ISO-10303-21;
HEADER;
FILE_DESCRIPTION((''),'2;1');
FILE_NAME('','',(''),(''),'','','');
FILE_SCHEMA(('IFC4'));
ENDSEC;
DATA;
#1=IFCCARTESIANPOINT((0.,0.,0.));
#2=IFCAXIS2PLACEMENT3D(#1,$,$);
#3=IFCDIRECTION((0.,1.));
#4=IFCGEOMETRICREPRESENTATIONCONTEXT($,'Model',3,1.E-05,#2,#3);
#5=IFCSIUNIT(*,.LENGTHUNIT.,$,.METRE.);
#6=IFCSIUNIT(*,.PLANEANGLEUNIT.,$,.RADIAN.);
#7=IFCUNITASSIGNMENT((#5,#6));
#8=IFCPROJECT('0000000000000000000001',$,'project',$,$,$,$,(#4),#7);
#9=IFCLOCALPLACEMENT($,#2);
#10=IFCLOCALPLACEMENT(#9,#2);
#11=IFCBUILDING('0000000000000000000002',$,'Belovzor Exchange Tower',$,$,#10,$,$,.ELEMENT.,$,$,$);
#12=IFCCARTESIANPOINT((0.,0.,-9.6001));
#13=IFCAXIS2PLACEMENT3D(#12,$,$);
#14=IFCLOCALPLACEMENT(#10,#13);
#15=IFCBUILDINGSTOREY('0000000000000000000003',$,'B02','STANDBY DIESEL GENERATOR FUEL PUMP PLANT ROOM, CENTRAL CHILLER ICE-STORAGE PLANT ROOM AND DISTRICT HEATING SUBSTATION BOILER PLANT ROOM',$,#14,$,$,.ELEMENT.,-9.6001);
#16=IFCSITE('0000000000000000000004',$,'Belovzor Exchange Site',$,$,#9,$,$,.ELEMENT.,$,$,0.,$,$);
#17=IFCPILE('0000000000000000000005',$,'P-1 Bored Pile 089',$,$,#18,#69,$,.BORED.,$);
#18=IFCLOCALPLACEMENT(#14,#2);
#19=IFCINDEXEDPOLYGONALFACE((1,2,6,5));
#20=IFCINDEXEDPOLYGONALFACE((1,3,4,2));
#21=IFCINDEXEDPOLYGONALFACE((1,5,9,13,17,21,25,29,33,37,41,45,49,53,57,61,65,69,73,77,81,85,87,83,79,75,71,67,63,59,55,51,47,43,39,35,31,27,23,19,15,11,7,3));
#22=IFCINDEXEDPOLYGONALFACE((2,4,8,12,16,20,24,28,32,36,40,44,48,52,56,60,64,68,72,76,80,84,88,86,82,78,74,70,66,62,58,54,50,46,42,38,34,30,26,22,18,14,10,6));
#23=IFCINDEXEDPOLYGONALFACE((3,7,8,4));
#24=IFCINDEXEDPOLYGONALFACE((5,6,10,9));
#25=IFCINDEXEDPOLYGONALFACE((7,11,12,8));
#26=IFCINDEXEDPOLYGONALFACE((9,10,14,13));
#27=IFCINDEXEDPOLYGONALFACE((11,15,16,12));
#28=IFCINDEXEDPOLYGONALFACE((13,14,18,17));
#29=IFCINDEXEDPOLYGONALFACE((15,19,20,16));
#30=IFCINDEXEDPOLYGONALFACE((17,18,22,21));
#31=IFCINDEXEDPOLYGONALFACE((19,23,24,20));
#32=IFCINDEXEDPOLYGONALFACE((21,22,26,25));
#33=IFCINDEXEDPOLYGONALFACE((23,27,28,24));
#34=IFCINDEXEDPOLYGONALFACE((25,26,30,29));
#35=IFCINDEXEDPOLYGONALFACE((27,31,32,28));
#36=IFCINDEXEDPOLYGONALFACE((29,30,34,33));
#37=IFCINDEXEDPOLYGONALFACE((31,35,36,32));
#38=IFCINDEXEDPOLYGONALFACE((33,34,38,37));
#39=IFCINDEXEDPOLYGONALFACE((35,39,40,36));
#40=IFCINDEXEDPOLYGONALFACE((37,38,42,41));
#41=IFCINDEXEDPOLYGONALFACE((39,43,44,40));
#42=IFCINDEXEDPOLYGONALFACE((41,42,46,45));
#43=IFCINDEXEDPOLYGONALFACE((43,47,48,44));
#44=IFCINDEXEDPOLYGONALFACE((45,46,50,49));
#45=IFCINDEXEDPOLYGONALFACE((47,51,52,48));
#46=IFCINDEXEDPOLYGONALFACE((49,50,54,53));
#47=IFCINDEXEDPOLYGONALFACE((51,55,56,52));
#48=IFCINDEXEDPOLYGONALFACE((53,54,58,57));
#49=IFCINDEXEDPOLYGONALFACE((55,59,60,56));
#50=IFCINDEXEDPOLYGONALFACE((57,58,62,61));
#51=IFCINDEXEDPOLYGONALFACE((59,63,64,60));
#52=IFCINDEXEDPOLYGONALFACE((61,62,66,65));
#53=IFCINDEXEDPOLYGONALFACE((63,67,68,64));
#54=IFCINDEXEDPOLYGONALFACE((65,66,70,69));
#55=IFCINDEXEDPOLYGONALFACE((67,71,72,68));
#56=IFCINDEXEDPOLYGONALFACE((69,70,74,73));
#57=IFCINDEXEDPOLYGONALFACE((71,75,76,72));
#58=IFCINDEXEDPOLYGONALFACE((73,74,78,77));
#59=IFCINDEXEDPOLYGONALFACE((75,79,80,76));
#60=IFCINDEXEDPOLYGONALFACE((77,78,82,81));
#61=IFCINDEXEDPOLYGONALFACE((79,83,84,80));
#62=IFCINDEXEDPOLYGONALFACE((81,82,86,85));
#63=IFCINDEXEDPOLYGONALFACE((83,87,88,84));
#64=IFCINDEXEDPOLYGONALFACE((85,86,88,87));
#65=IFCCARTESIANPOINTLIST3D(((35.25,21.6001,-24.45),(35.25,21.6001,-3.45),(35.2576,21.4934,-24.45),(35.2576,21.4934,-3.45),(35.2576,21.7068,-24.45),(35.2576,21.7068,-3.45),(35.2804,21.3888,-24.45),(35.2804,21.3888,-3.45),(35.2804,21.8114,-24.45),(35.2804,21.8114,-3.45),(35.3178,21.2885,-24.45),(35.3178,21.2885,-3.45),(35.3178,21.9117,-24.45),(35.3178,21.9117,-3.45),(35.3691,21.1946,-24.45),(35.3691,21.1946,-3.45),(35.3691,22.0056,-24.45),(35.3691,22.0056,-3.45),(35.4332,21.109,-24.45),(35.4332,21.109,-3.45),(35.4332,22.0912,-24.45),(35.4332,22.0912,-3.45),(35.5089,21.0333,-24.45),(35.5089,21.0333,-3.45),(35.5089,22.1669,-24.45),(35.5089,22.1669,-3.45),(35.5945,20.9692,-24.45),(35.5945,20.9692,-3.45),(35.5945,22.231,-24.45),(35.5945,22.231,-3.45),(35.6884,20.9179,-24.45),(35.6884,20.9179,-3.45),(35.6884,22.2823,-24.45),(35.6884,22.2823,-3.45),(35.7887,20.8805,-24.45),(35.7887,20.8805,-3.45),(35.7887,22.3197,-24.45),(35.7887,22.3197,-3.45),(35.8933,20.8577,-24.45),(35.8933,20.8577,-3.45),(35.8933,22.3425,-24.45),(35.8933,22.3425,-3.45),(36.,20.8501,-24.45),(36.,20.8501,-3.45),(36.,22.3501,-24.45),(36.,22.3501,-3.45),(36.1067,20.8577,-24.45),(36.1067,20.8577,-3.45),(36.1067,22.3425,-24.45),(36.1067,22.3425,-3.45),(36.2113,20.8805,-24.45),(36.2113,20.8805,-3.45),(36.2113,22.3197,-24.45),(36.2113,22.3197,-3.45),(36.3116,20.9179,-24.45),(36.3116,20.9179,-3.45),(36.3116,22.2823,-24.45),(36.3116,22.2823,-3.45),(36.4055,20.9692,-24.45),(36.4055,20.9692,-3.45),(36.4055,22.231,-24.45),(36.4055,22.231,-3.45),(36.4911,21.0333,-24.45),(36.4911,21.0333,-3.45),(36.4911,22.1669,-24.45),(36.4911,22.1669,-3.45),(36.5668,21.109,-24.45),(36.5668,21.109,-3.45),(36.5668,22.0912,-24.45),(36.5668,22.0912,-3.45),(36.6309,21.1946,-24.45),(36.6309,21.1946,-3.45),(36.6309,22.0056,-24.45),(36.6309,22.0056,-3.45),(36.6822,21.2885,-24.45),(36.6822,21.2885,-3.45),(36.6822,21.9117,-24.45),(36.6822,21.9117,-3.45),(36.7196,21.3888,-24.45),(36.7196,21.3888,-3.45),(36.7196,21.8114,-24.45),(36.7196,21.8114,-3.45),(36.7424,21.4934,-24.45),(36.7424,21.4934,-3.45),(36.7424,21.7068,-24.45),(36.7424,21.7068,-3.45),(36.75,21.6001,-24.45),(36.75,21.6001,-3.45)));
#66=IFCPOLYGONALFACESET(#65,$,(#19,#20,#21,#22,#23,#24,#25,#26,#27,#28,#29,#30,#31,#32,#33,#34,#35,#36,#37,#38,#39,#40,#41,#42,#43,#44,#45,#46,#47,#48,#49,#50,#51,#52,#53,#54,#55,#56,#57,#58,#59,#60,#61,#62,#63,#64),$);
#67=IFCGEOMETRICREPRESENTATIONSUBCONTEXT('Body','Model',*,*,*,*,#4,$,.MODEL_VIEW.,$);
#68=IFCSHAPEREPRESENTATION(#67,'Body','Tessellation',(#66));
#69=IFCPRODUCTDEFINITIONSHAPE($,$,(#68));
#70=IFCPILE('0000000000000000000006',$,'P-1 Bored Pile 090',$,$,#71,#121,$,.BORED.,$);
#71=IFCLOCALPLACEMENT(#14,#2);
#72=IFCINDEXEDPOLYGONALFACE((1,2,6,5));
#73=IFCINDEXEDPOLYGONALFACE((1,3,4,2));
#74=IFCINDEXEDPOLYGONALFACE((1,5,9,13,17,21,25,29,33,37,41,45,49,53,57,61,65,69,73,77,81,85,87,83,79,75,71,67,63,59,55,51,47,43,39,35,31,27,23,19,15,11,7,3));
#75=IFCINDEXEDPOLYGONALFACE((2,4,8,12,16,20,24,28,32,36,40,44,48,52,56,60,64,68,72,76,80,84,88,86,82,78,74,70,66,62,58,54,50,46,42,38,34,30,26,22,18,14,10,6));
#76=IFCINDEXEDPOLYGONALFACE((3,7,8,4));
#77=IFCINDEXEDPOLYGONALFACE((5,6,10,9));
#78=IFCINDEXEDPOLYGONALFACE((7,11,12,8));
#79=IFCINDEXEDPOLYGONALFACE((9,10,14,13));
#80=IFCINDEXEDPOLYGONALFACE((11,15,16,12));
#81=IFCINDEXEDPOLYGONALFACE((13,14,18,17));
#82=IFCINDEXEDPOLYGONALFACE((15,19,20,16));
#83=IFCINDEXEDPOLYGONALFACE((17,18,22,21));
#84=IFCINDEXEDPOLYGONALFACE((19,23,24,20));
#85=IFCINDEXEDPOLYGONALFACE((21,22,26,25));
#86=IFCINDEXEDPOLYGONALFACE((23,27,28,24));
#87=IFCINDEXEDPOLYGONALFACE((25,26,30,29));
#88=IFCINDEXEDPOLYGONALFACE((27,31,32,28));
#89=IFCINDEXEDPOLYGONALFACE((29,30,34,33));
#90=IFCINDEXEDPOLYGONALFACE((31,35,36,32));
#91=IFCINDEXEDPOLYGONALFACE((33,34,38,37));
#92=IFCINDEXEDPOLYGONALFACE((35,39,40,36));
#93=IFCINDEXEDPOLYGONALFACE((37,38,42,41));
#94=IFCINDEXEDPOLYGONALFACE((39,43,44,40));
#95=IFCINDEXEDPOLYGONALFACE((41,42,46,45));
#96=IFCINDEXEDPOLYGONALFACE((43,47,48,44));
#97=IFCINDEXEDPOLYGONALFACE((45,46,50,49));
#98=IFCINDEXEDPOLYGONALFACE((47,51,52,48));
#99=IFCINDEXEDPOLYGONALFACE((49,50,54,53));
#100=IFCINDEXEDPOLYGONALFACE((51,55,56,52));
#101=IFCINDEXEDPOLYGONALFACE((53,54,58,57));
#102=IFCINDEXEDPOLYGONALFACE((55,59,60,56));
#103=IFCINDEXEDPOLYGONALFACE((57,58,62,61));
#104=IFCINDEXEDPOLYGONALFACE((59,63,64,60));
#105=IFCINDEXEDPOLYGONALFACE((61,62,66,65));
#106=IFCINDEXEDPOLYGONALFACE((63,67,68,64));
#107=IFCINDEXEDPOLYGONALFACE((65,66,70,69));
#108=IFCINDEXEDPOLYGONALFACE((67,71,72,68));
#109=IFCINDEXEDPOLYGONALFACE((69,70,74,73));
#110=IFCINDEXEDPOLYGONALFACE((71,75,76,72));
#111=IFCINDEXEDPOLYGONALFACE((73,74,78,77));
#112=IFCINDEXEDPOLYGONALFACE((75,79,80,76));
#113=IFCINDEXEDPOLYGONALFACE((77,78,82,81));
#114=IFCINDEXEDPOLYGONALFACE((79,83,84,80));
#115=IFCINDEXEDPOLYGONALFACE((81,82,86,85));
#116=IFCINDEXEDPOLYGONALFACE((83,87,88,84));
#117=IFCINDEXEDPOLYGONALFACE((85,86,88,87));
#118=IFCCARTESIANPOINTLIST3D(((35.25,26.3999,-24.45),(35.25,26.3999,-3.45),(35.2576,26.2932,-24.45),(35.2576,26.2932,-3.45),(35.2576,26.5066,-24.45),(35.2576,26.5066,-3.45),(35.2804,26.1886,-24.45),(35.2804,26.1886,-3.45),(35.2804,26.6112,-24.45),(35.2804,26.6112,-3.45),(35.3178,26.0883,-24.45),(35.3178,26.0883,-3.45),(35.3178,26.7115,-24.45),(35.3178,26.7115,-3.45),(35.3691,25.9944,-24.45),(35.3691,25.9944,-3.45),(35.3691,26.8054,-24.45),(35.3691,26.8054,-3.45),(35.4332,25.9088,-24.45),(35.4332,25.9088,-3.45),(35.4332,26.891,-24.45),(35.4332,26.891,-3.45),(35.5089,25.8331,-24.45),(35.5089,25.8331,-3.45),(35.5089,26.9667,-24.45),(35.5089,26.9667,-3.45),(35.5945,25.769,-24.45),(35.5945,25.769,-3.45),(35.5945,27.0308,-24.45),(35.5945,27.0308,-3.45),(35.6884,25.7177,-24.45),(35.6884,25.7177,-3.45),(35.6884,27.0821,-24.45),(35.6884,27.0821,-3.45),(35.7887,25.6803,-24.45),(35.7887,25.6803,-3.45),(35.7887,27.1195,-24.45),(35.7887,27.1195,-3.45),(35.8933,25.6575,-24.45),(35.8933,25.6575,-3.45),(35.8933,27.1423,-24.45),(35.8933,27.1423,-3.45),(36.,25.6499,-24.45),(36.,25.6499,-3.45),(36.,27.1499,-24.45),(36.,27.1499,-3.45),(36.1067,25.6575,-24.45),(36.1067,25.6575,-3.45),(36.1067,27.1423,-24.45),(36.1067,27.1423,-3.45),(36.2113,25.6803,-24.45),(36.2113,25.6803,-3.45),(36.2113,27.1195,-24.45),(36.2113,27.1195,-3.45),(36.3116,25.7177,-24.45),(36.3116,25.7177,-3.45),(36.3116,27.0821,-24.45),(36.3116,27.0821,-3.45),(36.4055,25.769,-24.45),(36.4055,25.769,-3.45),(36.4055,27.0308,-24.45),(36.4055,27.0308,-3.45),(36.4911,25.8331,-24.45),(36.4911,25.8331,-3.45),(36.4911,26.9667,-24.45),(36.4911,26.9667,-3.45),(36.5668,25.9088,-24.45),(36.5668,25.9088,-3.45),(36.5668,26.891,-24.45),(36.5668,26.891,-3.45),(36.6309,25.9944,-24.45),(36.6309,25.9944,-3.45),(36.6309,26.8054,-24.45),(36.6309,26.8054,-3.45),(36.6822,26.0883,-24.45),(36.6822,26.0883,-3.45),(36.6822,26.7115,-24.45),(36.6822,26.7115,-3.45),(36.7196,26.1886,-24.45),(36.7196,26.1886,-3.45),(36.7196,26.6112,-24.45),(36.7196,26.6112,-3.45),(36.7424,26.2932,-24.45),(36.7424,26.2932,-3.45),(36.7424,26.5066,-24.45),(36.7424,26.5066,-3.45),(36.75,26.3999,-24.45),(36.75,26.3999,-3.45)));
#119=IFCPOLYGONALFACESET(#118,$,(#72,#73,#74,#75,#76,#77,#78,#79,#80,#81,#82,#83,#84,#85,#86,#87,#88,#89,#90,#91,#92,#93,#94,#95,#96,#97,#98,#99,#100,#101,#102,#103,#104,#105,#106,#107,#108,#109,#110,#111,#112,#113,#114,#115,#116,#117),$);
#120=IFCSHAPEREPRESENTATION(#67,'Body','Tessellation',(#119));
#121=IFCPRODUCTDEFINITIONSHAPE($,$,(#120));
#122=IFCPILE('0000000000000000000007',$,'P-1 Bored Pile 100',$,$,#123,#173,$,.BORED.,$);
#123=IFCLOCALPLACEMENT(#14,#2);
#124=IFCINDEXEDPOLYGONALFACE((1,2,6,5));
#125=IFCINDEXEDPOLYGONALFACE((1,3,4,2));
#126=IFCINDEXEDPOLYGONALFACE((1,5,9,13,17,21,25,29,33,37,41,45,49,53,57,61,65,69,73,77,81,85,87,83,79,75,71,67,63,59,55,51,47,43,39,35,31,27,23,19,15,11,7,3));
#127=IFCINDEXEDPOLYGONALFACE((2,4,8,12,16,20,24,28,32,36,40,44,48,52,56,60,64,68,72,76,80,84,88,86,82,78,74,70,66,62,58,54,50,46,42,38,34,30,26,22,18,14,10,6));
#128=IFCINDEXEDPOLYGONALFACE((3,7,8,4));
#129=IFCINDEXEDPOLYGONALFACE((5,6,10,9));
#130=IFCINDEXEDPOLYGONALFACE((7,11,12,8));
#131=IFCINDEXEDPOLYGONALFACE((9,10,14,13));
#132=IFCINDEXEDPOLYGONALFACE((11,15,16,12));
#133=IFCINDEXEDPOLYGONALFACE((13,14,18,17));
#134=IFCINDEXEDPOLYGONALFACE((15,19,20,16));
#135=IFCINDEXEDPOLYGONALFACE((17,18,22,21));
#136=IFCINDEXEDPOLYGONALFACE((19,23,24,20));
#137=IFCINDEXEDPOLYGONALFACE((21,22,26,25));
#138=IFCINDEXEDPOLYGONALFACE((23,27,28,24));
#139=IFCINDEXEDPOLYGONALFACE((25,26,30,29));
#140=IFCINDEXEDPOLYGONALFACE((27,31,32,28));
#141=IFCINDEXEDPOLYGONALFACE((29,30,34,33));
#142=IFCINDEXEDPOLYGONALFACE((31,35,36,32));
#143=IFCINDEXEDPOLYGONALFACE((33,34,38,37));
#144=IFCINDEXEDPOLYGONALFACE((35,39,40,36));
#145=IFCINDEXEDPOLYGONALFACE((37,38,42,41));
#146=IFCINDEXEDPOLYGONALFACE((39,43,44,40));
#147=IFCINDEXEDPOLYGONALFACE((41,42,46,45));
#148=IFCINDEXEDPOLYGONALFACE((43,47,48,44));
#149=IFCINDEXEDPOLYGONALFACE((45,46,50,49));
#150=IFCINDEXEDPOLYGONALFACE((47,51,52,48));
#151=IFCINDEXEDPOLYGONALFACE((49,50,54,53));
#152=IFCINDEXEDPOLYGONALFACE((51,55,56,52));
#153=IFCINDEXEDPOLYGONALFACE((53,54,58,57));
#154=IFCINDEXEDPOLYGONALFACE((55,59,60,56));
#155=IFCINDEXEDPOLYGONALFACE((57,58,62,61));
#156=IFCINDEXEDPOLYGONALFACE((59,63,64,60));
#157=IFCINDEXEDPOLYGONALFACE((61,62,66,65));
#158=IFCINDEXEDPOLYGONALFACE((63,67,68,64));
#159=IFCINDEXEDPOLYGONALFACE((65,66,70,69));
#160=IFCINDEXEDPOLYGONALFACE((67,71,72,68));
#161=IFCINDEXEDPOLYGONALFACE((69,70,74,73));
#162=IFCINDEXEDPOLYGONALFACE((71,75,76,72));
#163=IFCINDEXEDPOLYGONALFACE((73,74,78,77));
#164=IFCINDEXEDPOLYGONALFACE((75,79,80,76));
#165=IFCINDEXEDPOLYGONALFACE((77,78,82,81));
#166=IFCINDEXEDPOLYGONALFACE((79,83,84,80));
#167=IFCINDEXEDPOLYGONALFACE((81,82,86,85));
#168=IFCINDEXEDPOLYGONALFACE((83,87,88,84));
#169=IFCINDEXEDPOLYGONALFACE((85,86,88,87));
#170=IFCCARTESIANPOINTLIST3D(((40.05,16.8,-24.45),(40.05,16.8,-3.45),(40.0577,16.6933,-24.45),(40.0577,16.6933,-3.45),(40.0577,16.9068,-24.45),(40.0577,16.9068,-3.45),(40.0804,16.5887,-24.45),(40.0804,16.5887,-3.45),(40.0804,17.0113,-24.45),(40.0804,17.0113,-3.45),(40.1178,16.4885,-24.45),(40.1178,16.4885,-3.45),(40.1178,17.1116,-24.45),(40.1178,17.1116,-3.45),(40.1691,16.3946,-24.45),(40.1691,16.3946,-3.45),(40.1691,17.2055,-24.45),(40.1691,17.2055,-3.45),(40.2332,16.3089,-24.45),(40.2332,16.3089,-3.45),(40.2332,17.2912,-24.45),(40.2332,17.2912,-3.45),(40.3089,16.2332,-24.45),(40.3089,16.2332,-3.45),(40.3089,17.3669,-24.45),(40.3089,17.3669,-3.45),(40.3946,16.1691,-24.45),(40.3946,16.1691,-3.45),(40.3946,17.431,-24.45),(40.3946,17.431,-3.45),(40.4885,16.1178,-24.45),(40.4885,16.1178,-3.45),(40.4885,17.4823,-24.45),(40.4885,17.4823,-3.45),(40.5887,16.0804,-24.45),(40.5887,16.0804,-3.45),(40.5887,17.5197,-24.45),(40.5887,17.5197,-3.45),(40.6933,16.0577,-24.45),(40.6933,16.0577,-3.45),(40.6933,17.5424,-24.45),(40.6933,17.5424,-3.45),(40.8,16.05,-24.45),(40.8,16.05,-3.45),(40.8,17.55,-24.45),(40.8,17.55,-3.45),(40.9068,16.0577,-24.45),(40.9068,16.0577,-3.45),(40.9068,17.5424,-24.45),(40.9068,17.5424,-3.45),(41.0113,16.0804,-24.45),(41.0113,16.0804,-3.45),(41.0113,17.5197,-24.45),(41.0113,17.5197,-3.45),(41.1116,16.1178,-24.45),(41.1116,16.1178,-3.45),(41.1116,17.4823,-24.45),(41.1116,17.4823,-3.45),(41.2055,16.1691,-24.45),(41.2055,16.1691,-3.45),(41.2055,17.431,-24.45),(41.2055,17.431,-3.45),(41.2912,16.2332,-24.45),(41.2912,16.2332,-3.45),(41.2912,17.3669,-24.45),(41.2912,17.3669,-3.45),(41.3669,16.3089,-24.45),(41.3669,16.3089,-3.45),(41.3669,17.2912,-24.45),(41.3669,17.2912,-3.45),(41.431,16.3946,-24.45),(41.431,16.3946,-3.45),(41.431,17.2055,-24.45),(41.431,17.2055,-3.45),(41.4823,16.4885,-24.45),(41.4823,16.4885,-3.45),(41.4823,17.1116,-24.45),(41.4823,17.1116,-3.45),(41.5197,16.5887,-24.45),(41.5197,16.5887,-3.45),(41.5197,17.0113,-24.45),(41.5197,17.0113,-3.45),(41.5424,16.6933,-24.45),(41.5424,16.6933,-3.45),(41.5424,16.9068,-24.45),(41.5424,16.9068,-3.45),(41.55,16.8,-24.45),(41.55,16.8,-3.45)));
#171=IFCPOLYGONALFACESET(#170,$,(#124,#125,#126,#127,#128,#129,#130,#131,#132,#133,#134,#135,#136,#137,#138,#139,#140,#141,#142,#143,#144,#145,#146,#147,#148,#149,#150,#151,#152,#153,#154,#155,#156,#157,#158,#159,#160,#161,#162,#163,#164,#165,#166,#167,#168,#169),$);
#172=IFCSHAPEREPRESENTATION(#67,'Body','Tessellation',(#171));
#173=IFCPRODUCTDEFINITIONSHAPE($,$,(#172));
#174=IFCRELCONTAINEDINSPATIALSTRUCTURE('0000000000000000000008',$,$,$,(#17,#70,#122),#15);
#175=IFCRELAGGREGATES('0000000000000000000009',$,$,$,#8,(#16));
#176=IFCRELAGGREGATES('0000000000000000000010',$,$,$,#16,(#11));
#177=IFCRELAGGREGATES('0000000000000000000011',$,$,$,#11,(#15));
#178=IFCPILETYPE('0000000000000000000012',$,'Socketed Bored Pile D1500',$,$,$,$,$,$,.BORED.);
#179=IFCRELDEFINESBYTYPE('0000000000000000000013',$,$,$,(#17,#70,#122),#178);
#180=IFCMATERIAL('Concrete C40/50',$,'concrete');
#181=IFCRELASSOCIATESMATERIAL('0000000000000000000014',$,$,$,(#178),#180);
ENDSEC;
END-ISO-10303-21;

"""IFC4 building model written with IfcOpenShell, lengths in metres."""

from ifc_helpers import new_model, si_unit, direction, frame, origin, origin_2d, place, context, subcontext, project, spatial, circle, extrude, material, material_profile, profile_set, type_object, element, save


model = new_model("IFC4")

# Units and contexts
model_context = context("Model", 3, precision=1e-05, world=origin(), true_north=direction((0.0, 1.0)))
body_context = subcontext(model_context, "Body", "Model", "MODEL_VIEW")
ifc_project = project(units=[si_unit("LENGTHUNIT", "METRE"), si_unit("PLANEANGLEUNIT", "RADIAN")], contexts=[model_context])

# Site, building, storey
site_placement = place(None, origin())
site = spatial("IfcSite", under=ifc_project, at=site_placement, Name="Belovzor Exchange Site", CompositionType="ELEMENT", RefElevation=0.0)
building_placement = place(site_placement, origin())
building = spatial("IfcBuilding", under=site, at=building_placement, Name="Belovzor Exchange Tower", CompositionType="ELEMENT")
storey_placement = place(building_placement, frame((0.0, 0.0, -9.6001)))
storey = spatial("IfcBuildingStorey", under=building, at=storey_placement, Name="B02", Description="STANDBY DIESEL GENERATOR FUEL PUMP PLANT ROOM, CENTRAL CHILLER ICE-STORAGE PLANT ROOM AND DISTRICT HEATING SUBSTATION BOILER PLANT ROOM", CompositionType="ELEMENT", Elevation=-9.6001)

# Piles
ifc_material_1 = material(Name="Concrete C40/50", Category="concrete")
ifc_material_profile_1 = material_profile(ifc_material_1, circle(Radius=0.75, at=origin_2d()))
ifc_profile_set_1 = profile_set([ifc_material_profile_1], Name="Concrete C40/50")
pile_type_1 = type_object("IfcPileType", Name="Socketed Bored Pile D1500", PredefinedType="BORED", material=ifc_profile_set_1)
for number, where, z_axis, x_axis, name in (
    (1, (36.0, 21.6001, -3.45), (0.0, 0.0, -1.0), (1.0, 0.0, 0.0), "P-1 Bored Pile 089"),
    (2, (36.0, 26.3999, -3.45), (0.0, 0.0, -1.0), (1.0, 0.0, 0.0), "P-1 Bored Pile 090"),
    (3, (40.8, 16.8, -3.45), (0.0, 0.0, -1.0), (1.0, 0.0, 0.0), "P-1 Bored Pile 100"),
):
    element("IfcPile", number, at=place(storey_placement, frame(where, z_axis=z_axis, x_axis=x_axis)), inside=storey, type_object=pile_type_1, Name=name, PredefinedType="BORED", context=body_context, shape_type="SweptSolid", body=[
        extrude(circle(Radius=0.75, at=origin_2d()), origin(), (0.0, 0.0, 1.0), 21.0),
    ])

save(model, "model.ifc")
